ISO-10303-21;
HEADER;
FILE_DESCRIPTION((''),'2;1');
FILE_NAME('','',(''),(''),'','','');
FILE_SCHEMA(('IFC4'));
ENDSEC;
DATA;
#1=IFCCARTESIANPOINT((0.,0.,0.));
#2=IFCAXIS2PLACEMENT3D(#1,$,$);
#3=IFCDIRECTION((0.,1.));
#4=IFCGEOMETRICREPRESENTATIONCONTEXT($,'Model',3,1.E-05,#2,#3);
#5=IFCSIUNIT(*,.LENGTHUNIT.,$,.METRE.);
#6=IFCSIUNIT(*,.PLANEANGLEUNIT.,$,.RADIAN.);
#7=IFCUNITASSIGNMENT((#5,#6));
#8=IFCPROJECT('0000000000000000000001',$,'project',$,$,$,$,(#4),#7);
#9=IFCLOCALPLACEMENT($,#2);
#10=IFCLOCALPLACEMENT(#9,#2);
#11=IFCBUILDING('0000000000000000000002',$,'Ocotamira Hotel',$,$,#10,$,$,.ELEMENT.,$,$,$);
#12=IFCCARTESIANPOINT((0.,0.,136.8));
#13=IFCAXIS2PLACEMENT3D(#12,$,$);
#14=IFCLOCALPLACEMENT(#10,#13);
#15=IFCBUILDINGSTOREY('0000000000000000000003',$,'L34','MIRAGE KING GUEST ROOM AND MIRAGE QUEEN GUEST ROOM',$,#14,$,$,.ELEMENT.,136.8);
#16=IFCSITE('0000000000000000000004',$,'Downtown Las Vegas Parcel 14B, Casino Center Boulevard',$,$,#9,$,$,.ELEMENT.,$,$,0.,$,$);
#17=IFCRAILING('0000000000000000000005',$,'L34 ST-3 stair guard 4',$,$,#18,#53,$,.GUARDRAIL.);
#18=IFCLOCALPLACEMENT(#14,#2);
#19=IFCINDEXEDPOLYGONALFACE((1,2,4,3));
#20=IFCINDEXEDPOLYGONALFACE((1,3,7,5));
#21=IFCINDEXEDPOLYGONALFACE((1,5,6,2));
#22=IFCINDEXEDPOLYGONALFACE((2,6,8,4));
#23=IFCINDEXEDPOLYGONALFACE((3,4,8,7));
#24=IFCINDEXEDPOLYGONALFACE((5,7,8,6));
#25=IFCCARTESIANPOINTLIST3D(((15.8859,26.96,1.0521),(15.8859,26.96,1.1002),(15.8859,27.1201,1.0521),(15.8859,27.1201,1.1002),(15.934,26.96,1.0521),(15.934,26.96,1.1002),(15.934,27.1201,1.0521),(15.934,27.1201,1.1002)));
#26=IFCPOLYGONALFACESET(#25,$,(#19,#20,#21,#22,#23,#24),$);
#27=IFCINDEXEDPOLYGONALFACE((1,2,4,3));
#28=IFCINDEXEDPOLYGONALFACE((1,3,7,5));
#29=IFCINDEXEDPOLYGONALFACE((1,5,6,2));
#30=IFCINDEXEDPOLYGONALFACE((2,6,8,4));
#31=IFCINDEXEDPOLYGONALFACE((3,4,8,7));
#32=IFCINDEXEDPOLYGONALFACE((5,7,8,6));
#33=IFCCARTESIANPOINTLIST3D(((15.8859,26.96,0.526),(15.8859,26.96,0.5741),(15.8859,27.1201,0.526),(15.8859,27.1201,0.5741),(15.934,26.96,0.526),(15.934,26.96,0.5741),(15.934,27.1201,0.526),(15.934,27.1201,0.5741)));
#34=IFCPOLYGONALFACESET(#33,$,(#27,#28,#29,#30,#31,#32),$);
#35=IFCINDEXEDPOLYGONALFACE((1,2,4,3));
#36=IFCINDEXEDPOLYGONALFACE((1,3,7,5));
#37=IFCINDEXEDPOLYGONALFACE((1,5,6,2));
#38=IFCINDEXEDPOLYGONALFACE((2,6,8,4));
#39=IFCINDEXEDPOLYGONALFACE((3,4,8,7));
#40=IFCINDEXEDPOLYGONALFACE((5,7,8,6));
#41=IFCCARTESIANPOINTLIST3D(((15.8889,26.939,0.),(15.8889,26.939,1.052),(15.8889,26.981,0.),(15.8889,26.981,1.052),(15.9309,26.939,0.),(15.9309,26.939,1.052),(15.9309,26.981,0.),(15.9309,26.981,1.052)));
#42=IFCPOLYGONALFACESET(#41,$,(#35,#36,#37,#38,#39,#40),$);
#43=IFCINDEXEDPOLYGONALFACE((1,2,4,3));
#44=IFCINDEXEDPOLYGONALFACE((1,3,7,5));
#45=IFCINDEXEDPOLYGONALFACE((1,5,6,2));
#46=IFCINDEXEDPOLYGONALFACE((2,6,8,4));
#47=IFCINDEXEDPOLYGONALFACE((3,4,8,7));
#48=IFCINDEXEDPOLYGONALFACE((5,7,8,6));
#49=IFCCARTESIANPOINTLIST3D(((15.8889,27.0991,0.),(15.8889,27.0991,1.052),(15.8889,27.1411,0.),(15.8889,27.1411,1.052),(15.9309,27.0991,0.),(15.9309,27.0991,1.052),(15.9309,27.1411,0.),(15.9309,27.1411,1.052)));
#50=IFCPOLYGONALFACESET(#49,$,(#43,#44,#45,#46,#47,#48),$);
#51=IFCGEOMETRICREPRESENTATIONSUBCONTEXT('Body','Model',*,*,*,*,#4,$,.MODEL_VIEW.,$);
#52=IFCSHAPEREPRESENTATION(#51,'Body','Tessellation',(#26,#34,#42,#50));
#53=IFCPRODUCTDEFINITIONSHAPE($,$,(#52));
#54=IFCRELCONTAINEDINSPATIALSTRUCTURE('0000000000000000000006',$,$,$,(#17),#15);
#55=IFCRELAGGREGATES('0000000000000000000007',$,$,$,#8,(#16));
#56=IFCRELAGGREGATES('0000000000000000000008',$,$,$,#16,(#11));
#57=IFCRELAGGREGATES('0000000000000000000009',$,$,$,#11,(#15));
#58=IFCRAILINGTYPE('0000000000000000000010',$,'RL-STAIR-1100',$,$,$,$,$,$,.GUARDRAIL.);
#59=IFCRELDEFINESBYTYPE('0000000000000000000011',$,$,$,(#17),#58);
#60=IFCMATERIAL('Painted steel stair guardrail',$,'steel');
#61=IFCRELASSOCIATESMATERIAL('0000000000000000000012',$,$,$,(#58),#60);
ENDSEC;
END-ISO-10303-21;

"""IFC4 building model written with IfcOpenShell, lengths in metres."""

from ifc_helpers import new_model, si_unit, direction, frame, origin, origin_2d, place, context, subcontext, project, spatial, rectangle, extrude, material, type_object, element, save


model = new_model("IFC4")

# Units and contexts
model_context = context("Model", 3, precision=1e-05, world=origin(), true_north=direction((0.0, 1.0)))
body_context = subcontext(model_context, "Body", "Model", "MODEL_VIEW")
ifc_project = project(units=[si_unit("LENGTHUNIT", "METRE"), si_unit("PLANEANGLEUNIT", "RADIAN")], contexts=[model_context])

# Site, building, storey
site_placement = place(None, origin())
site = spatial("IfcSite", under=ifc_project, at=site_placement, Name="Downtown Las Vegas Parcel 14B, Casino Center Boulevard", CompositionType="ELEMENT", RefElevation=0.0)
building_placement = place(site_placement, origin())
building = spatial("IfcBuilding", under=site, at=building_placement, Name="Ocotamira Hotel", CompositionType="ELEMENT")
storey_placement = place(building_placement, frame((0.0, 0.0, 136.8)))
storey = spatial("IfcBuildingStorey", under=building, at=storey_placement, Name="L34", Description="MIRAGE KING GUEST ROOM AND MIRAGE QUEEN GUEST ROOM", CompositionType="ELEMENT", Elevation=136.8)

# Railing
ifc_material_1 = material(Name="Painted steel stair guardrail", Category="steel")
railing_type_1 = type_object("IfcRailingType", Name="RL-STAIR-1100", PredefinedType="GUARDRAIL", material=ifc_material_1)
railing_1_placement = place(storey_placement, frame((15.9099, 26.96, 0.0)))
element("IfcRailing", 1, at=railing_1_placement, inside=storey, type_object=railing_type_1, Name="L34 ST-3 stair guard 4", PredefinedType="GUARDRAIL", context=body_context, shape_type="SweptSolid", body=[
    extrude(rectangle(XDim=0.0481, YDim=0.0481, at=origin_2d()), frame((0.0, 0.0, 1.0762), z_axis=(0.0, 1.0, 0.0), x_axis=(-1.0, 0.0, 0.0)), (0.0, 0.0, 1.0), 0.1602),
    extrude(rectangle(XDim=0.0481, YDim=0.0481, at=origin_2d()), frame((0.0, 0.0, 0.55), z_axis=(0.0, 1.0, 0.0), x_axis=(-1.0, 0.0, 0.0)), (0.0, 0.0, 1.0), 0.1602),
    extrude(rectangle(XDim=0.042, YDim=0.042, at=origin_2d()), origin(), (0.0, 0.0, 1.0), 1.052),
    extrude(rectangle(XDim=0.042, YDim=0.042, at=origin_2d()), frame((0.0, 0.1602, 0.0)), (0.0, 0.0, 1.0), 1.052),
])

save(model, "model.ifc")
